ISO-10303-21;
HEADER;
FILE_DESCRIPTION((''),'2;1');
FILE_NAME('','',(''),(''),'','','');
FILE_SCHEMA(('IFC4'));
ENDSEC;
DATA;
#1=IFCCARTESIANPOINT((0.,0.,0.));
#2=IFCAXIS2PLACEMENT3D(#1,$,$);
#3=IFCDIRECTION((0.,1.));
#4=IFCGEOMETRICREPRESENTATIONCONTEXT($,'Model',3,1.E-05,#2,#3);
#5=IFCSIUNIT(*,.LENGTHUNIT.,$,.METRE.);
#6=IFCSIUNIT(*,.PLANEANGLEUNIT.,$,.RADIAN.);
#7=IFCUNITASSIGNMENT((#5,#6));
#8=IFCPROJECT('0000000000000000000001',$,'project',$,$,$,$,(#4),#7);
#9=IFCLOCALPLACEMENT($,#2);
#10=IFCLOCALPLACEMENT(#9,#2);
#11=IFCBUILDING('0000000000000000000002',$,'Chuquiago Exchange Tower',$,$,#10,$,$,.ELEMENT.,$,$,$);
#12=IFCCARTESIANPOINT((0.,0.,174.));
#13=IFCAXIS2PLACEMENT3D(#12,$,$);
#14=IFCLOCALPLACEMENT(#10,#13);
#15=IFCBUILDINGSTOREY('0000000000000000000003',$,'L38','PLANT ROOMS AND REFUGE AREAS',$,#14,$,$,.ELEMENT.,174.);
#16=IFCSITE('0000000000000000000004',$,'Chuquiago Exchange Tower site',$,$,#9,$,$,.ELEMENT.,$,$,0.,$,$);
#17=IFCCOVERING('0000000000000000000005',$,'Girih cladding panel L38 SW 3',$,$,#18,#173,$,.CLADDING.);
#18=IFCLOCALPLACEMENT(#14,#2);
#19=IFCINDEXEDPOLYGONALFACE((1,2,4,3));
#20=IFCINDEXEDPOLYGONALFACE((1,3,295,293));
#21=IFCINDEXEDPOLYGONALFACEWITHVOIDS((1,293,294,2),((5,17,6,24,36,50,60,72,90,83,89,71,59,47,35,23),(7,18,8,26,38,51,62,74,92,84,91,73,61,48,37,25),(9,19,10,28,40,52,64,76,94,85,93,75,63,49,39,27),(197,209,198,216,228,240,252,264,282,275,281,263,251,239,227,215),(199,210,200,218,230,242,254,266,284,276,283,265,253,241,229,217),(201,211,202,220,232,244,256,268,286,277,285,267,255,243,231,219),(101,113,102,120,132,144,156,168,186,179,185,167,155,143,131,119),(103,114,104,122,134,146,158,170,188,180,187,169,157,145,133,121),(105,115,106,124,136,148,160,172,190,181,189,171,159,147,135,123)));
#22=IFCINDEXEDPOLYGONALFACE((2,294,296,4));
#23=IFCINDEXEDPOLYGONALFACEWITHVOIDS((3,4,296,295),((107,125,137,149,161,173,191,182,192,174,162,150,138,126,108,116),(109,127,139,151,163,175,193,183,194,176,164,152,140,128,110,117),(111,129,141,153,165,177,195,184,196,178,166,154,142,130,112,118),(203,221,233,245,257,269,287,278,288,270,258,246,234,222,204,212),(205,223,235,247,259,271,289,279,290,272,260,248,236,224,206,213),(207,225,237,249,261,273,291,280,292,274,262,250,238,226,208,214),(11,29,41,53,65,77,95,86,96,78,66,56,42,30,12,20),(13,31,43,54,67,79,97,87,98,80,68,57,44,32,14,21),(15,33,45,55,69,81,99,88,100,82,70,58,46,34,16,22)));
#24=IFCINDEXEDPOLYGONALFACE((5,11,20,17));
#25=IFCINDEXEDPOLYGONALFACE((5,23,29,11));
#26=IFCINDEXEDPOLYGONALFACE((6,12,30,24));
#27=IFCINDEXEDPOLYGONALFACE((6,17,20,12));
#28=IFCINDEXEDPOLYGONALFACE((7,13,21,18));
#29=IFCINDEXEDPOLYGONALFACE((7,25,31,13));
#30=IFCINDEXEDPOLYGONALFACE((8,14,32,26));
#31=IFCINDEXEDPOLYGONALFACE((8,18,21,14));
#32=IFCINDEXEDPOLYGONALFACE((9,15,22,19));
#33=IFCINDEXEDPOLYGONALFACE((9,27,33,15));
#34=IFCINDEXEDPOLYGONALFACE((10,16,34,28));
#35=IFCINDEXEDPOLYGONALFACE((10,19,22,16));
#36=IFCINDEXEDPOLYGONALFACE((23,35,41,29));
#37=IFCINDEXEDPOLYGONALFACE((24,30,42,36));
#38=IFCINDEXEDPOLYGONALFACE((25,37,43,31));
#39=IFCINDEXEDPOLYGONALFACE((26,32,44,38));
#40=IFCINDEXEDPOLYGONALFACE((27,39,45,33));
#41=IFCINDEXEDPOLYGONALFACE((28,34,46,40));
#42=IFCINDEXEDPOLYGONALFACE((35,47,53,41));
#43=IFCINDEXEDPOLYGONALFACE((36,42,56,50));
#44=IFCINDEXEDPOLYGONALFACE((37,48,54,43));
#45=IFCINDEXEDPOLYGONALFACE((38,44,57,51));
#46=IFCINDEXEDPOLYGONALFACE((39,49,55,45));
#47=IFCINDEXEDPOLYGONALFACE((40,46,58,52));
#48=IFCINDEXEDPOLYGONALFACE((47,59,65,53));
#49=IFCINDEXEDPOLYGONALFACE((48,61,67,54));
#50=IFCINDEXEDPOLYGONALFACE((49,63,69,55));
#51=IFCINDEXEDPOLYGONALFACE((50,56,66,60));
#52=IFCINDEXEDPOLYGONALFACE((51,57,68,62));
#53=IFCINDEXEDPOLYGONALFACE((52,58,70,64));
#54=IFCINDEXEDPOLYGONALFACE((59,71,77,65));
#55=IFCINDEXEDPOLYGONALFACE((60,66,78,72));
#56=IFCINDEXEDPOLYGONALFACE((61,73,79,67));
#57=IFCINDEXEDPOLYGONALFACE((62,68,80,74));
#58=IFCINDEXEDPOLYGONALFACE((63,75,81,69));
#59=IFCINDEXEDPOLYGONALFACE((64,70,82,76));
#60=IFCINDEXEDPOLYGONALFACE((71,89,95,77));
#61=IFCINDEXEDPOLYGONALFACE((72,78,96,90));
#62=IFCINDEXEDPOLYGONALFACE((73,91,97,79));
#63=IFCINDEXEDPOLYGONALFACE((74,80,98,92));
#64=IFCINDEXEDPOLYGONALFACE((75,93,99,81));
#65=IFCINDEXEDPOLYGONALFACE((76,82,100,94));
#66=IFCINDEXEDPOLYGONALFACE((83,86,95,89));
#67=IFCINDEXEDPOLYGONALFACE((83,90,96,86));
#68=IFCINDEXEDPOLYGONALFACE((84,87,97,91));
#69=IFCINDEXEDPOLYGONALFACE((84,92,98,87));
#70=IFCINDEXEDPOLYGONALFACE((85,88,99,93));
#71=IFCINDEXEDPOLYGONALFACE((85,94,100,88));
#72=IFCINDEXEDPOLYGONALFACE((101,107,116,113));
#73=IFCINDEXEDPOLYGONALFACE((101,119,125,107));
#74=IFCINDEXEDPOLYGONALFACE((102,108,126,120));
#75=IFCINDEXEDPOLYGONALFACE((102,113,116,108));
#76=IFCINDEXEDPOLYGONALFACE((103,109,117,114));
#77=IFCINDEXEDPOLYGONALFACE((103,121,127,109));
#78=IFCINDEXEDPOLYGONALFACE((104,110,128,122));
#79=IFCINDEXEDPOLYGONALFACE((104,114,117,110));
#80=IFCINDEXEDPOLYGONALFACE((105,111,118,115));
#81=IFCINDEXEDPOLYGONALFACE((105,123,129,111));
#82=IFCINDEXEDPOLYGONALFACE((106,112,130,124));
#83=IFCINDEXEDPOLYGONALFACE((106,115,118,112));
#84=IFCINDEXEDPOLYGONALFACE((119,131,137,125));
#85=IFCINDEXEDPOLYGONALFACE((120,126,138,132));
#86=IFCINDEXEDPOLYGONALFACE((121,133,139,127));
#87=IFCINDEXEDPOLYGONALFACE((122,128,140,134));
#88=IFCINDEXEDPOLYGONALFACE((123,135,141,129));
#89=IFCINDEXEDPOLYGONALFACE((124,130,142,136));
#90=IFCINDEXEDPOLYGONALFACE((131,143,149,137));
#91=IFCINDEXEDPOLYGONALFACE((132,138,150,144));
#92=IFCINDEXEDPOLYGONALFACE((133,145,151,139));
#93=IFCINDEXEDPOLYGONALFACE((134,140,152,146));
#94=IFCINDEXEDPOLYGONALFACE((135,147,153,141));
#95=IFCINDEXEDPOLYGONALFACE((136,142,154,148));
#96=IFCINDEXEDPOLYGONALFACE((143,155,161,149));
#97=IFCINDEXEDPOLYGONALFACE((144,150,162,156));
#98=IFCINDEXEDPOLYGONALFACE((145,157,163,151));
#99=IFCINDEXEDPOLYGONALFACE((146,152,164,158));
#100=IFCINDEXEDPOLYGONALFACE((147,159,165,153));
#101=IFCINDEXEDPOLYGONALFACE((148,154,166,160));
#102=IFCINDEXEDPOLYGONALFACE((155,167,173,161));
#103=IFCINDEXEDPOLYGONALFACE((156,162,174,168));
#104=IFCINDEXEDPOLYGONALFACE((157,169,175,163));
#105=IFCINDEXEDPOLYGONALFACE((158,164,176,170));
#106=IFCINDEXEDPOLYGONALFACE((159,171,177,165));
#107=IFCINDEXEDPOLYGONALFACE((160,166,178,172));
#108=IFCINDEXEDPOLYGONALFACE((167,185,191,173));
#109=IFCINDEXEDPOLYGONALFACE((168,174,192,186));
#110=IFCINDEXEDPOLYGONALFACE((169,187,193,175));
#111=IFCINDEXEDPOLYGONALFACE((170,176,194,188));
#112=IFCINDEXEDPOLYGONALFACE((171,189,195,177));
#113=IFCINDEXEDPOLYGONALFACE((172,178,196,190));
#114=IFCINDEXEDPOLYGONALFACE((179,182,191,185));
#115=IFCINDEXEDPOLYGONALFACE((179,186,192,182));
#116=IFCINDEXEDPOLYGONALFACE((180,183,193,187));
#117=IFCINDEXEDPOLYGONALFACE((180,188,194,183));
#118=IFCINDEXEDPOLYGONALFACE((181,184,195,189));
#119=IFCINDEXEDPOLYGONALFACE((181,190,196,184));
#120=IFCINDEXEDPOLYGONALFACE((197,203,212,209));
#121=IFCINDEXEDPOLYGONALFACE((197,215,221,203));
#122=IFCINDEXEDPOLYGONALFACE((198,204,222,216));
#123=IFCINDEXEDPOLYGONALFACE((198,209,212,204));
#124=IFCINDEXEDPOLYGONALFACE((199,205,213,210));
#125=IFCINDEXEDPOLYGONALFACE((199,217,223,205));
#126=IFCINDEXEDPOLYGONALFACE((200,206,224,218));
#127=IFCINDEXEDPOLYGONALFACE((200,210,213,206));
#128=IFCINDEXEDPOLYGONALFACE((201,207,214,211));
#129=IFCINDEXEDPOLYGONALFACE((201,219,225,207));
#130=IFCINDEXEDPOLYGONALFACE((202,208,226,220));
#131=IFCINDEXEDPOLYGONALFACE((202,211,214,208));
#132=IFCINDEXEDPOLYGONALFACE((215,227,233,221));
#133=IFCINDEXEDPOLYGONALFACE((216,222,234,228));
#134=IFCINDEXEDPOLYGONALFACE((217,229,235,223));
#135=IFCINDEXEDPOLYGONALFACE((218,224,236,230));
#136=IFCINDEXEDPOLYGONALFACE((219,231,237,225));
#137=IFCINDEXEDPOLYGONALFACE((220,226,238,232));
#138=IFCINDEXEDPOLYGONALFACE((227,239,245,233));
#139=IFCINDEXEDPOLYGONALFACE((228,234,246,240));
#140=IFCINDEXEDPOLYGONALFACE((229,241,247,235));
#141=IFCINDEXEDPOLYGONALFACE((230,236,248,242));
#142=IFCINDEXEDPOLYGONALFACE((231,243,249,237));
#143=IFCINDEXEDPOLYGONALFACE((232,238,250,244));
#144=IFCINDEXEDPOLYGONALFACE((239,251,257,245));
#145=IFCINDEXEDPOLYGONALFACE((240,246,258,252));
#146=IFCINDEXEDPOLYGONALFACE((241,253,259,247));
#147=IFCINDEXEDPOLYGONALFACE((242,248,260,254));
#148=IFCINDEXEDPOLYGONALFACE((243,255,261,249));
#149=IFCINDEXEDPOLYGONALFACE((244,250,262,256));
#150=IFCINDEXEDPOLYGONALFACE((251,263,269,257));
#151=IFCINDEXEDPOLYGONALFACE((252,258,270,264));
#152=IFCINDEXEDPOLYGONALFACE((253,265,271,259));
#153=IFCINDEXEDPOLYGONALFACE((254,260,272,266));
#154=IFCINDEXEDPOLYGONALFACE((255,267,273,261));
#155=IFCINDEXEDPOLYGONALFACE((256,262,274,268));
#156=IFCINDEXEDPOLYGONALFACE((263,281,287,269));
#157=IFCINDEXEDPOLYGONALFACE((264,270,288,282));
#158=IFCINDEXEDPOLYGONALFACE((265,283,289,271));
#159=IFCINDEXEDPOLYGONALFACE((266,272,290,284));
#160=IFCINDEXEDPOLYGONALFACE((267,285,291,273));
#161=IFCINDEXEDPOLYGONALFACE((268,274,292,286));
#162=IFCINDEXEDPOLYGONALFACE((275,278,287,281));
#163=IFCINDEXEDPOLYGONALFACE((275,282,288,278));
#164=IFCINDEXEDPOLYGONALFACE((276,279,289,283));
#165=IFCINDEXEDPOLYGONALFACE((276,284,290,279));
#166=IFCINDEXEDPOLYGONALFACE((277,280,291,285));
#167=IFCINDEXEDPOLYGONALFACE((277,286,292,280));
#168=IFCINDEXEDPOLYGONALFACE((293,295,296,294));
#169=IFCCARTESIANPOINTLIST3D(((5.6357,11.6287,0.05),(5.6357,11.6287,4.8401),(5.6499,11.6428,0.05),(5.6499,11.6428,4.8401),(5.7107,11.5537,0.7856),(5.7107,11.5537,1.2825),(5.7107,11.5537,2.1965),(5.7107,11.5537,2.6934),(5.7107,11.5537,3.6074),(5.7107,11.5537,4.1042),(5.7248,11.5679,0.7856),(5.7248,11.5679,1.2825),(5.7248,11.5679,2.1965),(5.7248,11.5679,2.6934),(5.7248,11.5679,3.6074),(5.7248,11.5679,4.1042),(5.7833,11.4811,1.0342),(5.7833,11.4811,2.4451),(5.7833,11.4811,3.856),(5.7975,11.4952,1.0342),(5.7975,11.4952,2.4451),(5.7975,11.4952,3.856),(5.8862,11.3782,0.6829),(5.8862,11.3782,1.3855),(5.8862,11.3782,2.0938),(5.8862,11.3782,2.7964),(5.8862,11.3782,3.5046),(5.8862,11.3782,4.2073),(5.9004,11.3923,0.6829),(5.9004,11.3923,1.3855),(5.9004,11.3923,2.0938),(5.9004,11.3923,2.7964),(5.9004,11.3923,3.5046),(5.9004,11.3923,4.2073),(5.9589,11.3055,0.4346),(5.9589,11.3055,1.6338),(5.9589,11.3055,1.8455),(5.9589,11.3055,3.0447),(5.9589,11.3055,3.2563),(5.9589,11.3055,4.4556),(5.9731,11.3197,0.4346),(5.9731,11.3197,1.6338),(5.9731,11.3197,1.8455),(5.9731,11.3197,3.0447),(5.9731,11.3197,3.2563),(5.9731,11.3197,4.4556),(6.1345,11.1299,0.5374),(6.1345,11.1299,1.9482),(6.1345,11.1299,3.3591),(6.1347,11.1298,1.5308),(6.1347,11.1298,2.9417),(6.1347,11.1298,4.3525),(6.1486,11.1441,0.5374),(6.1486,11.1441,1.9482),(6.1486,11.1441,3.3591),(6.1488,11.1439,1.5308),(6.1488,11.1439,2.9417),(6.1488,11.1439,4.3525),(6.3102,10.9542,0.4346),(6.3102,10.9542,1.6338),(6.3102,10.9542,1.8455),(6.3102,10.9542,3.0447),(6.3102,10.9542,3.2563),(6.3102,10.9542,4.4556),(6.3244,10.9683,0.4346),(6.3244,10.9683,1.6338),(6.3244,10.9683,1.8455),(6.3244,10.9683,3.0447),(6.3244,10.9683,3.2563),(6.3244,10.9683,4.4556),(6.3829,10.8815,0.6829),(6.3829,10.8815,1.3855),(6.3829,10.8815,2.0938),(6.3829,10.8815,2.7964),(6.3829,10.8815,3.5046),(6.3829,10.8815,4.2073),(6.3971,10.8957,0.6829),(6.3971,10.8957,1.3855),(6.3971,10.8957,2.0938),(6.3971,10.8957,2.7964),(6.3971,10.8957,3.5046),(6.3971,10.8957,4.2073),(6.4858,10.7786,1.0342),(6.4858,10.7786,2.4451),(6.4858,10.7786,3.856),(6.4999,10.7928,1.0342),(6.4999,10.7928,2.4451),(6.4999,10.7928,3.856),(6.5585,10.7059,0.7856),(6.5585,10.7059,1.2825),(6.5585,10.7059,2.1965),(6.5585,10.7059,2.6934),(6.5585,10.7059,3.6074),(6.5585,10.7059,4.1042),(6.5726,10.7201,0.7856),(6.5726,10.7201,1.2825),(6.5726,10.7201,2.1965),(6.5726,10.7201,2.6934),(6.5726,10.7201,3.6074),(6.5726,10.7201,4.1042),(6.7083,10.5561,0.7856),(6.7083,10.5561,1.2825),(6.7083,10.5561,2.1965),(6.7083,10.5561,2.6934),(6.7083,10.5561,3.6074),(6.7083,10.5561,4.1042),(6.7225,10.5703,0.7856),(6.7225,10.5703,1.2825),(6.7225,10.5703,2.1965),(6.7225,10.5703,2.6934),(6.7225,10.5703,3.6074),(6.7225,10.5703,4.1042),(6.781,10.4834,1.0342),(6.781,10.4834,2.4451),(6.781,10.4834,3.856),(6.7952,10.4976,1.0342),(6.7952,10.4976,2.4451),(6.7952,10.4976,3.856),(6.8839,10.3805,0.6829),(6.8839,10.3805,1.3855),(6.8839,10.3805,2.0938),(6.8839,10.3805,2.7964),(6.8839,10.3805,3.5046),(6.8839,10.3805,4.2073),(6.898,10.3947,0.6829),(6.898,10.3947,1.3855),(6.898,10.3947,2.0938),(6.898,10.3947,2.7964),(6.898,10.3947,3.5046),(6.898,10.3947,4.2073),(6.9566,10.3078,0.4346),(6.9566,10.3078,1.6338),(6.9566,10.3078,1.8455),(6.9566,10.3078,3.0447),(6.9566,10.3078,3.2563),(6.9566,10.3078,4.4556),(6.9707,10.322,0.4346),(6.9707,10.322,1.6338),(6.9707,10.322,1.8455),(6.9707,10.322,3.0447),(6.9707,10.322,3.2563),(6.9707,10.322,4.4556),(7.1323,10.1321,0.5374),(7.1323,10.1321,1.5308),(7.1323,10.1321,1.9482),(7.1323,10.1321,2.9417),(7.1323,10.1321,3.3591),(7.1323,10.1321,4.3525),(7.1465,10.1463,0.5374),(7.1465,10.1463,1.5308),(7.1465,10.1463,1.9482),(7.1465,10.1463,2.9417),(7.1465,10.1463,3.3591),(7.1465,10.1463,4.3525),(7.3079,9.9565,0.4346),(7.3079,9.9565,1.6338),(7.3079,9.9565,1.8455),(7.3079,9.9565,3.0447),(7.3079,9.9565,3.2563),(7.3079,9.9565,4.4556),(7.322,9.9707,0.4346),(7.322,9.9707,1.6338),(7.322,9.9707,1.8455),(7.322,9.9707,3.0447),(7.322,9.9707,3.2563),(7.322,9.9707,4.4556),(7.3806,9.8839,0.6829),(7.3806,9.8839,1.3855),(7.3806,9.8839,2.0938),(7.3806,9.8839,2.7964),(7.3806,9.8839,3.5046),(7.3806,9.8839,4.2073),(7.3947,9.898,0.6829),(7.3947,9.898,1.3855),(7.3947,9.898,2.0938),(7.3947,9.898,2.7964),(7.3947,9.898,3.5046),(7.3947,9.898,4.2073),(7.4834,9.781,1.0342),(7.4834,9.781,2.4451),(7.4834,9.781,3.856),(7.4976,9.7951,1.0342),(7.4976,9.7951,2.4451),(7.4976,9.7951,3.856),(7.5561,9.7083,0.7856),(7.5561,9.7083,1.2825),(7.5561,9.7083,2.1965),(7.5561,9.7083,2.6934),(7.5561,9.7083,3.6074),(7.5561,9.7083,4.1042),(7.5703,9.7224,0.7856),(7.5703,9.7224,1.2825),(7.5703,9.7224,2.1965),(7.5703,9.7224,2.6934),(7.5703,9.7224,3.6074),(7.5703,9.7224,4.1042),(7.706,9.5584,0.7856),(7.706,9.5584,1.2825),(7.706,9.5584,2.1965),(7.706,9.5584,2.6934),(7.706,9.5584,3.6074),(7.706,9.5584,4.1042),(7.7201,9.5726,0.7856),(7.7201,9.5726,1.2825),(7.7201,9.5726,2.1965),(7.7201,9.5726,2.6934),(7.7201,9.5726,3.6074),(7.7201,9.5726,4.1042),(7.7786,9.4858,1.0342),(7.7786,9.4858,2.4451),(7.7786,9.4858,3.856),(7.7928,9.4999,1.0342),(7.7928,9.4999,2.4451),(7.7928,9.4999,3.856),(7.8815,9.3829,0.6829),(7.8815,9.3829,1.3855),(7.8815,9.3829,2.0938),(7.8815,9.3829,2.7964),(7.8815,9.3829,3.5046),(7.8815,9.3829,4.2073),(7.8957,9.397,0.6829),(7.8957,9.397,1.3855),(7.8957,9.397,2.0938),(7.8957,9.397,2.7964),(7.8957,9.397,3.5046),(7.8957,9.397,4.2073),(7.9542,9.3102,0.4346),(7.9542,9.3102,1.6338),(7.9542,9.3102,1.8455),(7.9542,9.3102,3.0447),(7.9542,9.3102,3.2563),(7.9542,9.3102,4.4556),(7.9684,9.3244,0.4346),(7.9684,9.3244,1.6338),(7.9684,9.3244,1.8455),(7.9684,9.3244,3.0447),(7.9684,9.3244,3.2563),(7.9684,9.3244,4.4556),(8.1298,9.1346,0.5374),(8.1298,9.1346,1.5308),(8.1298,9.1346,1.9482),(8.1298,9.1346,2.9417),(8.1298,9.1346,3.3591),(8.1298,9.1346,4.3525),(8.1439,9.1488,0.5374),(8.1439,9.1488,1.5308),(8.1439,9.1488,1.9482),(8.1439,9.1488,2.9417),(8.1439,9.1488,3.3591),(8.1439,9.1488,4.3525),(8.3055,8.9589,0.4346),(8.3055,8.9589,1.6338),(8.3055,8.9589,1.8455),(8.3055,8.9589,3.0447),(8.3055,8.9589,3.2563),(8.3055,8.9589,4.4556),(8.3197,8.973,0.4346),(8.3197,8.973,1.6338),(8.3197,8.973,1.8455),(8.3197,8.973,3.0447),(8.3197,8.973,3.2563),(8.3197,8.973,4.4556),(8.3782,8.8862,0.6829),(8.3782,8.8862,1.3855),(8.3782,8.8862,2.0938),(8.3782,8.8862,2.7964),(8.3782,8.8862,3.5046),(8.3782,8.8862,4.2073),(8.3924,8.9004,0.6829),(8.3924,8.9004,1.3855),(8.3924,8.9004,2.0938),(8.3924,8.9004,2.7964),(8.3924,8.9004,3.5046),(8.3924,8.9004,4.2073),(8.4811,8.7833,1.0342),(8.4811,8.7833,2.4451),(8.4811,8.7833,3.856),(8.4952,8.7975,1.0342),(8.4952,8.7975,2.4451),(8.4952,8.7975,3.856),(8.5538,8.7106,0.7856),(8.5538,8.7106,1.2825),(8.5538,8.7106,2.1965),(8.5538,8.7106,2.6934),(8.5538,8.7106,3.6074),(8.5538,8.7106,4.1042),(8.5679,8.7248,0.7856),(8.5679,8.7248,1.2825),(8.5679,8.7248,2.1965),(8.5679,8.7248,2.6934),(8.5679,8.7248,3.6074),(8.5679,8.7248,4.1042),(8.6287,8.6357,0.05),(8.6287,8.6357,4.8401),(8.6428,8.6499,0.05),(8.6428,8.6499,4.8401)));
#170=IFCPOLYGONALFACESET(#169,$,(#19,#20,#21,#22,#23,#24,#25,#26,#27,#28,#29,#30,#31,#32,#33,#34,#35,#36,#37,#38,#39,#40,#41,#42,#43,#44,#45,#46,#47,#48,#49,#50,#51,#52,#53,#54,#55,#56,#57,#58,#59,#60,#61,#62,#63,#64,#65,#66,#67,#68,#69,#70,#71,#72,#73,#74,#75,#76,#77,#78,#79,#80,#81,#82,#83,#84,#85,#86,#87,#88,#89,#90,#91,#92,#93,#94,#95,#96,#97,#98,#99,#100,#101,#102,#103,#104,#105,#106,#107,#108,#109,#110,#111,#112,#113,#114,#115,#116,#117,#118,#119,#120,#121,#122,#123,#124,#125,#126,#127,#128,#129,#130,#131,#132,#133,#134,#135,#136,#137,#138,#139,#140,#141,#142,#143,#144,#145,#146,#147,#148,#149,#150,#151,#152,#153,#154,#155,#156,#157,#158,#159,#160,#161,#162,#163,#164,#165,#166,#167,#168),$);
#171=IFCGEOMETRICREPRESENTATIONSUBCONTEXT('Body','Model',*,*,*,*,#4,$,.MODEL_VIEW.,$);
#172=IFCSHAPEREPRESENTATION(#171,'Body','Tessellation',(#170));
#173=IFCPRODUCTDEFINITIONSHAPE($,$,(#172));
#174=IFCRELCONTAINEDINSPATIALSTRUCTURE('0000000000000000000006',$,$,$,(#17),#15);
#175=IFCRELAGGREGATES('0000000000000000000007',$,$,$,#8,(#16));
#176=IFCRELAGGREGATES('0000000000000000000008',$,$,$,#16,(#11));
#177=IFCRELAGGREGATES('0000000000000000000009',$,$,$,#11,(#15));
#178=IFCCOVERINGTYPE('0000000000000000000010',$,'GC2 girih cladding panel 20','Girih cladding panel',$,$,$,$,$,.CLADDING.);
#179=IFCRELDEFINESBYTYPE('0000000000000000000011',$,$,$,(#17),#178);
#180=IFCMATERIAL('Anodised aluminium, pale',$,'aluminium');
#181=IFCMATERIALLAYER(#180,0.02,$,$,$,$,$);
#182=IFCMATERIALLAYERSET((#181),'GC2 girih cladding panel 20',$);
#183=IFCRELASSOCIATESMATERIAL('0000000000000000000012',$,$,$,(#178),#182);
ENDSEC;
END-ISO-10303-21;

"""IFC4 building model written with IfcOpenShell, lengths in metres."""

from ifc_helpers import new_model, si_unit, direction, frame, origin, place, context, subcontext, project, spatial, polyline, outline, extrude, material, layer, layer_set, type_object, element, save


model = new_model("IFC4")

# Units and contexts
model_context = context("Model", 3, precision=1e-05, world=origin(), true_north=direction((0.0, 1.0)))
body_context = subcontext(model_context, "Body", "Model", "MODEL_VIEW")
ifc_project = project(units=[si_unit("LENGTHUNIT", "METRE"), si_unit("PLANEANGLEUNIT", "RADIAN")], contexts=[model_context])

# Site, building, storey
site_placement = place(None, origin())
site = spatial("IfcSite", under=ifc_project, at=site_placement, Name="Chuquiago Exchange Tower site", CompositionType="ELEMENT", RefElevation=0.0)
building_placement = place(site_placement, origin())
building = spatial("IfcBuilding", under=site, at=building_placement, Name="Chuquiago Exchange Tower", CompositionType="ELEMENT")
storey_placement = place(building_placement, frame((0.0, 0.0, 174.0)))
storey = spatial("IfcBuildingStorey", under=building, at=storey_placement, Name="L38", Description="PLANT ROOMS AND REFUGE AREAS", CompositionType="ELEMENT", Elevation=174.0)

# Covering
ifc_material_1 = material(Name="Anodised aluminium, pale", Category="aluminium")
ifc_layer_1 = layer(ifc_material_1, 0.02)
ifc_layer_set_1 = layer_set([ifc_layer_1], Name="GC2 girih cladding panel 20")
covering_type = type_object("IfcCoveringType", Name="GC2 girih cladding panel 20", Description="Girih cladding panel", PredefinedType="CLADDING", material=ifc_layer_set_1)
covering_1_placement = place(storey_placement, frame((5.6499, 11.6428, 0.05), z_axis=(0.0, 0.0, 1.0), x_axis=(0.707107, -0.707107, 0.0)))
element("IfcCovering", 1, at=covering_1_placement, inside=storey, type_object=covering_type, Name="Girih cladding panel L38 SW 3", PredefinedType="CLADDING", context=body_context, shape_type="SweptSolid", body=[
    extrude(outline(polyline([(0.0, 0.0), (4.2327, 0.0), (4.2327, 4.79), (0.0, 4.79), (0.0, 0.0)]), holes=[polyline([(1.2021, 0.9841), (1.3049, 1.2324), (1.0566, 1.3354), (0.9539, 1.5837), (0.7056, 1.4807), (0.457, 1.5837), (0.3542, 1.3354), (0.106, 1.2324), (0.2087, 0.9841), (0.106, 0.7356), (0.3542, 0.6328), (0.457, 0.3845), (0.7053, 0.4873), (0.9539, 0.3845), (1.0566, 0.6328), (1.3049, 0.7356), (1.2021, 0.9841)]), polyline([(2.613, 0.9841), (2.7158, 1.2324), (2.4675, 1.3354), (2.3647, 1.5837), (2.1165, 1.4807), (1.8679, 1.5837), (1.7651, 1.3354), (1.5168, 1.2324), (1.6196, 0.9841), (1.5168, 0.7356), (1.7651, 0.6328), (1.8679, 0.3845), (2.1165, 0.4873), (2.3647, 0.3845), (2.4675, 0.6328), (2.7158, 0.7356), (2.613, 0.9841)]), polyline([(4.0239, 0.9841), (4.1267, 1.2324), (3.8784, 1.3354), (3.7756, 1.5837), (3.5271, 1.4807), (3.2788, 1.5837), (3.176, 1.3354), (2.9277, 1.2324), (3.0305, 0.9841), (2.9277, 0.7356), (3.176, 0.6328), (3.2788, 0.3845), (3.5271, 0.4873), (3.7756, 0.3845), (3.8784, 0.6328), (4.1267, 0.7356), (4.0239, 0.9841)]), polyline([(1.2021, 2.395), (1.3049, 2.6433), (1.0566, 2.7463), (0.9539, 2.9946), (0.7056, 2.8916), (0.457, 2.9946), (0.3542, 2.7463), (0.106, 2.6433), (0.2087, 2.395), (0.106, 2.1465), (0.3542, 2.0437), (0.457, 1.7954), (0.7053, 1.8982), (0.9539, 1.7954), (1.0566, 2.0437), (1.3049, 2.1465), (1.2021, 2.395)]), polyline([(2.613, 2.395), (2.7158, 2.6433), (2.4675, 2.7463), (2.3647, 2.9946), (2.1165, 2.8916), (1.8679, 2.9946), (1.7651, 2.7463), (1.5168, 2.6433), (1.6196, 2.395), (1.5168, 2.1465), (1.7651, 2.0437), (1.8679, 1.7954), (2.1165, 1.8982), (2.3647, 1.7954), (2.4675, 2.0437), (2.7158, 2.1465), (2.613, 2.395)]), polyline([(4.0239, 2.395), (4.1267, 2.6433), (3.8784, 2.7463), (3.7756, 2.9946), (3.5271, 2.8916), (3.2788, 2.9946), (3.176, 2.7463), (2.9277, 2.6433), (3.0305, 2.395), (2.9277, 2.1465), (3.176, 2.0437), (3.2788, 1.7954), (3.5271, 1.8982), (3.7756, 1.7954), (3.8784, 2.0437), (4.1267, 2.1465), (4.0239, 2.395)]), polyline([(1.2021, 3.8059), (1.3049, 4.0542), (1.0566, 4.1572), (0.9539, 4.4055), (0.7056, 4.3025), (0.457, 4.4055), (0.3542, 4.1572), (0.106, 4.0542), (0.2087, 3.8059), (0.106, 3.5574), (0.3542, 3.4546), (0.457, 3.2063), (0.7053, 3.3091), (0.9539, 3.2063), (1.0566, 3.4546), (1.3049, 3.5574), (1.2021, 3.8059)]), polyline([(2.613, 3.8059), (2.7158, 4.0542), (2.4675, 4.1572), (2.3647, 4.4055), (2.1165, 4.3025), (1.8679, 4.4055), (1.7651, 4.1572), (1.5168, 4.0542), (1.6196, 3.8059), (1.5168, 3.5574), (1.7651, 3.4546), (1.8679, 3.2063), (2.1165, 3.3091), (2.3647, 3.2063), (2.4675, 3.4546), (2.7158, 3.5574), (2.613, 3.8059)]), polyline([(4.0239, 3.8059), (4.1267, 4.0542), (3.8784, 4.1572), (3.7756, 4.4055), (3.5271, 4.3025), (3.2788, 4.4055), (3.176, 4.1572), (2.9277, 4.0542), (3.0305, 3.8059), (2.9277, 3.5574), (3.176, 3.4546), (3.2788, 3.2063), (3.5271, 3.3091), (3.7756, 3.2063), (3.8784, 3.4546), (4.1267, 3.5574), (4.0239, 3.8059)])]), frame((0.0, 0.0, 0.0), z_axis=(0.0, -1.0, 0.0), x_axis=(1.0, 0.0, 0.0)), (0.0, 0.0, 1.0), 0.02),
])

save(model, "model.ifc")
